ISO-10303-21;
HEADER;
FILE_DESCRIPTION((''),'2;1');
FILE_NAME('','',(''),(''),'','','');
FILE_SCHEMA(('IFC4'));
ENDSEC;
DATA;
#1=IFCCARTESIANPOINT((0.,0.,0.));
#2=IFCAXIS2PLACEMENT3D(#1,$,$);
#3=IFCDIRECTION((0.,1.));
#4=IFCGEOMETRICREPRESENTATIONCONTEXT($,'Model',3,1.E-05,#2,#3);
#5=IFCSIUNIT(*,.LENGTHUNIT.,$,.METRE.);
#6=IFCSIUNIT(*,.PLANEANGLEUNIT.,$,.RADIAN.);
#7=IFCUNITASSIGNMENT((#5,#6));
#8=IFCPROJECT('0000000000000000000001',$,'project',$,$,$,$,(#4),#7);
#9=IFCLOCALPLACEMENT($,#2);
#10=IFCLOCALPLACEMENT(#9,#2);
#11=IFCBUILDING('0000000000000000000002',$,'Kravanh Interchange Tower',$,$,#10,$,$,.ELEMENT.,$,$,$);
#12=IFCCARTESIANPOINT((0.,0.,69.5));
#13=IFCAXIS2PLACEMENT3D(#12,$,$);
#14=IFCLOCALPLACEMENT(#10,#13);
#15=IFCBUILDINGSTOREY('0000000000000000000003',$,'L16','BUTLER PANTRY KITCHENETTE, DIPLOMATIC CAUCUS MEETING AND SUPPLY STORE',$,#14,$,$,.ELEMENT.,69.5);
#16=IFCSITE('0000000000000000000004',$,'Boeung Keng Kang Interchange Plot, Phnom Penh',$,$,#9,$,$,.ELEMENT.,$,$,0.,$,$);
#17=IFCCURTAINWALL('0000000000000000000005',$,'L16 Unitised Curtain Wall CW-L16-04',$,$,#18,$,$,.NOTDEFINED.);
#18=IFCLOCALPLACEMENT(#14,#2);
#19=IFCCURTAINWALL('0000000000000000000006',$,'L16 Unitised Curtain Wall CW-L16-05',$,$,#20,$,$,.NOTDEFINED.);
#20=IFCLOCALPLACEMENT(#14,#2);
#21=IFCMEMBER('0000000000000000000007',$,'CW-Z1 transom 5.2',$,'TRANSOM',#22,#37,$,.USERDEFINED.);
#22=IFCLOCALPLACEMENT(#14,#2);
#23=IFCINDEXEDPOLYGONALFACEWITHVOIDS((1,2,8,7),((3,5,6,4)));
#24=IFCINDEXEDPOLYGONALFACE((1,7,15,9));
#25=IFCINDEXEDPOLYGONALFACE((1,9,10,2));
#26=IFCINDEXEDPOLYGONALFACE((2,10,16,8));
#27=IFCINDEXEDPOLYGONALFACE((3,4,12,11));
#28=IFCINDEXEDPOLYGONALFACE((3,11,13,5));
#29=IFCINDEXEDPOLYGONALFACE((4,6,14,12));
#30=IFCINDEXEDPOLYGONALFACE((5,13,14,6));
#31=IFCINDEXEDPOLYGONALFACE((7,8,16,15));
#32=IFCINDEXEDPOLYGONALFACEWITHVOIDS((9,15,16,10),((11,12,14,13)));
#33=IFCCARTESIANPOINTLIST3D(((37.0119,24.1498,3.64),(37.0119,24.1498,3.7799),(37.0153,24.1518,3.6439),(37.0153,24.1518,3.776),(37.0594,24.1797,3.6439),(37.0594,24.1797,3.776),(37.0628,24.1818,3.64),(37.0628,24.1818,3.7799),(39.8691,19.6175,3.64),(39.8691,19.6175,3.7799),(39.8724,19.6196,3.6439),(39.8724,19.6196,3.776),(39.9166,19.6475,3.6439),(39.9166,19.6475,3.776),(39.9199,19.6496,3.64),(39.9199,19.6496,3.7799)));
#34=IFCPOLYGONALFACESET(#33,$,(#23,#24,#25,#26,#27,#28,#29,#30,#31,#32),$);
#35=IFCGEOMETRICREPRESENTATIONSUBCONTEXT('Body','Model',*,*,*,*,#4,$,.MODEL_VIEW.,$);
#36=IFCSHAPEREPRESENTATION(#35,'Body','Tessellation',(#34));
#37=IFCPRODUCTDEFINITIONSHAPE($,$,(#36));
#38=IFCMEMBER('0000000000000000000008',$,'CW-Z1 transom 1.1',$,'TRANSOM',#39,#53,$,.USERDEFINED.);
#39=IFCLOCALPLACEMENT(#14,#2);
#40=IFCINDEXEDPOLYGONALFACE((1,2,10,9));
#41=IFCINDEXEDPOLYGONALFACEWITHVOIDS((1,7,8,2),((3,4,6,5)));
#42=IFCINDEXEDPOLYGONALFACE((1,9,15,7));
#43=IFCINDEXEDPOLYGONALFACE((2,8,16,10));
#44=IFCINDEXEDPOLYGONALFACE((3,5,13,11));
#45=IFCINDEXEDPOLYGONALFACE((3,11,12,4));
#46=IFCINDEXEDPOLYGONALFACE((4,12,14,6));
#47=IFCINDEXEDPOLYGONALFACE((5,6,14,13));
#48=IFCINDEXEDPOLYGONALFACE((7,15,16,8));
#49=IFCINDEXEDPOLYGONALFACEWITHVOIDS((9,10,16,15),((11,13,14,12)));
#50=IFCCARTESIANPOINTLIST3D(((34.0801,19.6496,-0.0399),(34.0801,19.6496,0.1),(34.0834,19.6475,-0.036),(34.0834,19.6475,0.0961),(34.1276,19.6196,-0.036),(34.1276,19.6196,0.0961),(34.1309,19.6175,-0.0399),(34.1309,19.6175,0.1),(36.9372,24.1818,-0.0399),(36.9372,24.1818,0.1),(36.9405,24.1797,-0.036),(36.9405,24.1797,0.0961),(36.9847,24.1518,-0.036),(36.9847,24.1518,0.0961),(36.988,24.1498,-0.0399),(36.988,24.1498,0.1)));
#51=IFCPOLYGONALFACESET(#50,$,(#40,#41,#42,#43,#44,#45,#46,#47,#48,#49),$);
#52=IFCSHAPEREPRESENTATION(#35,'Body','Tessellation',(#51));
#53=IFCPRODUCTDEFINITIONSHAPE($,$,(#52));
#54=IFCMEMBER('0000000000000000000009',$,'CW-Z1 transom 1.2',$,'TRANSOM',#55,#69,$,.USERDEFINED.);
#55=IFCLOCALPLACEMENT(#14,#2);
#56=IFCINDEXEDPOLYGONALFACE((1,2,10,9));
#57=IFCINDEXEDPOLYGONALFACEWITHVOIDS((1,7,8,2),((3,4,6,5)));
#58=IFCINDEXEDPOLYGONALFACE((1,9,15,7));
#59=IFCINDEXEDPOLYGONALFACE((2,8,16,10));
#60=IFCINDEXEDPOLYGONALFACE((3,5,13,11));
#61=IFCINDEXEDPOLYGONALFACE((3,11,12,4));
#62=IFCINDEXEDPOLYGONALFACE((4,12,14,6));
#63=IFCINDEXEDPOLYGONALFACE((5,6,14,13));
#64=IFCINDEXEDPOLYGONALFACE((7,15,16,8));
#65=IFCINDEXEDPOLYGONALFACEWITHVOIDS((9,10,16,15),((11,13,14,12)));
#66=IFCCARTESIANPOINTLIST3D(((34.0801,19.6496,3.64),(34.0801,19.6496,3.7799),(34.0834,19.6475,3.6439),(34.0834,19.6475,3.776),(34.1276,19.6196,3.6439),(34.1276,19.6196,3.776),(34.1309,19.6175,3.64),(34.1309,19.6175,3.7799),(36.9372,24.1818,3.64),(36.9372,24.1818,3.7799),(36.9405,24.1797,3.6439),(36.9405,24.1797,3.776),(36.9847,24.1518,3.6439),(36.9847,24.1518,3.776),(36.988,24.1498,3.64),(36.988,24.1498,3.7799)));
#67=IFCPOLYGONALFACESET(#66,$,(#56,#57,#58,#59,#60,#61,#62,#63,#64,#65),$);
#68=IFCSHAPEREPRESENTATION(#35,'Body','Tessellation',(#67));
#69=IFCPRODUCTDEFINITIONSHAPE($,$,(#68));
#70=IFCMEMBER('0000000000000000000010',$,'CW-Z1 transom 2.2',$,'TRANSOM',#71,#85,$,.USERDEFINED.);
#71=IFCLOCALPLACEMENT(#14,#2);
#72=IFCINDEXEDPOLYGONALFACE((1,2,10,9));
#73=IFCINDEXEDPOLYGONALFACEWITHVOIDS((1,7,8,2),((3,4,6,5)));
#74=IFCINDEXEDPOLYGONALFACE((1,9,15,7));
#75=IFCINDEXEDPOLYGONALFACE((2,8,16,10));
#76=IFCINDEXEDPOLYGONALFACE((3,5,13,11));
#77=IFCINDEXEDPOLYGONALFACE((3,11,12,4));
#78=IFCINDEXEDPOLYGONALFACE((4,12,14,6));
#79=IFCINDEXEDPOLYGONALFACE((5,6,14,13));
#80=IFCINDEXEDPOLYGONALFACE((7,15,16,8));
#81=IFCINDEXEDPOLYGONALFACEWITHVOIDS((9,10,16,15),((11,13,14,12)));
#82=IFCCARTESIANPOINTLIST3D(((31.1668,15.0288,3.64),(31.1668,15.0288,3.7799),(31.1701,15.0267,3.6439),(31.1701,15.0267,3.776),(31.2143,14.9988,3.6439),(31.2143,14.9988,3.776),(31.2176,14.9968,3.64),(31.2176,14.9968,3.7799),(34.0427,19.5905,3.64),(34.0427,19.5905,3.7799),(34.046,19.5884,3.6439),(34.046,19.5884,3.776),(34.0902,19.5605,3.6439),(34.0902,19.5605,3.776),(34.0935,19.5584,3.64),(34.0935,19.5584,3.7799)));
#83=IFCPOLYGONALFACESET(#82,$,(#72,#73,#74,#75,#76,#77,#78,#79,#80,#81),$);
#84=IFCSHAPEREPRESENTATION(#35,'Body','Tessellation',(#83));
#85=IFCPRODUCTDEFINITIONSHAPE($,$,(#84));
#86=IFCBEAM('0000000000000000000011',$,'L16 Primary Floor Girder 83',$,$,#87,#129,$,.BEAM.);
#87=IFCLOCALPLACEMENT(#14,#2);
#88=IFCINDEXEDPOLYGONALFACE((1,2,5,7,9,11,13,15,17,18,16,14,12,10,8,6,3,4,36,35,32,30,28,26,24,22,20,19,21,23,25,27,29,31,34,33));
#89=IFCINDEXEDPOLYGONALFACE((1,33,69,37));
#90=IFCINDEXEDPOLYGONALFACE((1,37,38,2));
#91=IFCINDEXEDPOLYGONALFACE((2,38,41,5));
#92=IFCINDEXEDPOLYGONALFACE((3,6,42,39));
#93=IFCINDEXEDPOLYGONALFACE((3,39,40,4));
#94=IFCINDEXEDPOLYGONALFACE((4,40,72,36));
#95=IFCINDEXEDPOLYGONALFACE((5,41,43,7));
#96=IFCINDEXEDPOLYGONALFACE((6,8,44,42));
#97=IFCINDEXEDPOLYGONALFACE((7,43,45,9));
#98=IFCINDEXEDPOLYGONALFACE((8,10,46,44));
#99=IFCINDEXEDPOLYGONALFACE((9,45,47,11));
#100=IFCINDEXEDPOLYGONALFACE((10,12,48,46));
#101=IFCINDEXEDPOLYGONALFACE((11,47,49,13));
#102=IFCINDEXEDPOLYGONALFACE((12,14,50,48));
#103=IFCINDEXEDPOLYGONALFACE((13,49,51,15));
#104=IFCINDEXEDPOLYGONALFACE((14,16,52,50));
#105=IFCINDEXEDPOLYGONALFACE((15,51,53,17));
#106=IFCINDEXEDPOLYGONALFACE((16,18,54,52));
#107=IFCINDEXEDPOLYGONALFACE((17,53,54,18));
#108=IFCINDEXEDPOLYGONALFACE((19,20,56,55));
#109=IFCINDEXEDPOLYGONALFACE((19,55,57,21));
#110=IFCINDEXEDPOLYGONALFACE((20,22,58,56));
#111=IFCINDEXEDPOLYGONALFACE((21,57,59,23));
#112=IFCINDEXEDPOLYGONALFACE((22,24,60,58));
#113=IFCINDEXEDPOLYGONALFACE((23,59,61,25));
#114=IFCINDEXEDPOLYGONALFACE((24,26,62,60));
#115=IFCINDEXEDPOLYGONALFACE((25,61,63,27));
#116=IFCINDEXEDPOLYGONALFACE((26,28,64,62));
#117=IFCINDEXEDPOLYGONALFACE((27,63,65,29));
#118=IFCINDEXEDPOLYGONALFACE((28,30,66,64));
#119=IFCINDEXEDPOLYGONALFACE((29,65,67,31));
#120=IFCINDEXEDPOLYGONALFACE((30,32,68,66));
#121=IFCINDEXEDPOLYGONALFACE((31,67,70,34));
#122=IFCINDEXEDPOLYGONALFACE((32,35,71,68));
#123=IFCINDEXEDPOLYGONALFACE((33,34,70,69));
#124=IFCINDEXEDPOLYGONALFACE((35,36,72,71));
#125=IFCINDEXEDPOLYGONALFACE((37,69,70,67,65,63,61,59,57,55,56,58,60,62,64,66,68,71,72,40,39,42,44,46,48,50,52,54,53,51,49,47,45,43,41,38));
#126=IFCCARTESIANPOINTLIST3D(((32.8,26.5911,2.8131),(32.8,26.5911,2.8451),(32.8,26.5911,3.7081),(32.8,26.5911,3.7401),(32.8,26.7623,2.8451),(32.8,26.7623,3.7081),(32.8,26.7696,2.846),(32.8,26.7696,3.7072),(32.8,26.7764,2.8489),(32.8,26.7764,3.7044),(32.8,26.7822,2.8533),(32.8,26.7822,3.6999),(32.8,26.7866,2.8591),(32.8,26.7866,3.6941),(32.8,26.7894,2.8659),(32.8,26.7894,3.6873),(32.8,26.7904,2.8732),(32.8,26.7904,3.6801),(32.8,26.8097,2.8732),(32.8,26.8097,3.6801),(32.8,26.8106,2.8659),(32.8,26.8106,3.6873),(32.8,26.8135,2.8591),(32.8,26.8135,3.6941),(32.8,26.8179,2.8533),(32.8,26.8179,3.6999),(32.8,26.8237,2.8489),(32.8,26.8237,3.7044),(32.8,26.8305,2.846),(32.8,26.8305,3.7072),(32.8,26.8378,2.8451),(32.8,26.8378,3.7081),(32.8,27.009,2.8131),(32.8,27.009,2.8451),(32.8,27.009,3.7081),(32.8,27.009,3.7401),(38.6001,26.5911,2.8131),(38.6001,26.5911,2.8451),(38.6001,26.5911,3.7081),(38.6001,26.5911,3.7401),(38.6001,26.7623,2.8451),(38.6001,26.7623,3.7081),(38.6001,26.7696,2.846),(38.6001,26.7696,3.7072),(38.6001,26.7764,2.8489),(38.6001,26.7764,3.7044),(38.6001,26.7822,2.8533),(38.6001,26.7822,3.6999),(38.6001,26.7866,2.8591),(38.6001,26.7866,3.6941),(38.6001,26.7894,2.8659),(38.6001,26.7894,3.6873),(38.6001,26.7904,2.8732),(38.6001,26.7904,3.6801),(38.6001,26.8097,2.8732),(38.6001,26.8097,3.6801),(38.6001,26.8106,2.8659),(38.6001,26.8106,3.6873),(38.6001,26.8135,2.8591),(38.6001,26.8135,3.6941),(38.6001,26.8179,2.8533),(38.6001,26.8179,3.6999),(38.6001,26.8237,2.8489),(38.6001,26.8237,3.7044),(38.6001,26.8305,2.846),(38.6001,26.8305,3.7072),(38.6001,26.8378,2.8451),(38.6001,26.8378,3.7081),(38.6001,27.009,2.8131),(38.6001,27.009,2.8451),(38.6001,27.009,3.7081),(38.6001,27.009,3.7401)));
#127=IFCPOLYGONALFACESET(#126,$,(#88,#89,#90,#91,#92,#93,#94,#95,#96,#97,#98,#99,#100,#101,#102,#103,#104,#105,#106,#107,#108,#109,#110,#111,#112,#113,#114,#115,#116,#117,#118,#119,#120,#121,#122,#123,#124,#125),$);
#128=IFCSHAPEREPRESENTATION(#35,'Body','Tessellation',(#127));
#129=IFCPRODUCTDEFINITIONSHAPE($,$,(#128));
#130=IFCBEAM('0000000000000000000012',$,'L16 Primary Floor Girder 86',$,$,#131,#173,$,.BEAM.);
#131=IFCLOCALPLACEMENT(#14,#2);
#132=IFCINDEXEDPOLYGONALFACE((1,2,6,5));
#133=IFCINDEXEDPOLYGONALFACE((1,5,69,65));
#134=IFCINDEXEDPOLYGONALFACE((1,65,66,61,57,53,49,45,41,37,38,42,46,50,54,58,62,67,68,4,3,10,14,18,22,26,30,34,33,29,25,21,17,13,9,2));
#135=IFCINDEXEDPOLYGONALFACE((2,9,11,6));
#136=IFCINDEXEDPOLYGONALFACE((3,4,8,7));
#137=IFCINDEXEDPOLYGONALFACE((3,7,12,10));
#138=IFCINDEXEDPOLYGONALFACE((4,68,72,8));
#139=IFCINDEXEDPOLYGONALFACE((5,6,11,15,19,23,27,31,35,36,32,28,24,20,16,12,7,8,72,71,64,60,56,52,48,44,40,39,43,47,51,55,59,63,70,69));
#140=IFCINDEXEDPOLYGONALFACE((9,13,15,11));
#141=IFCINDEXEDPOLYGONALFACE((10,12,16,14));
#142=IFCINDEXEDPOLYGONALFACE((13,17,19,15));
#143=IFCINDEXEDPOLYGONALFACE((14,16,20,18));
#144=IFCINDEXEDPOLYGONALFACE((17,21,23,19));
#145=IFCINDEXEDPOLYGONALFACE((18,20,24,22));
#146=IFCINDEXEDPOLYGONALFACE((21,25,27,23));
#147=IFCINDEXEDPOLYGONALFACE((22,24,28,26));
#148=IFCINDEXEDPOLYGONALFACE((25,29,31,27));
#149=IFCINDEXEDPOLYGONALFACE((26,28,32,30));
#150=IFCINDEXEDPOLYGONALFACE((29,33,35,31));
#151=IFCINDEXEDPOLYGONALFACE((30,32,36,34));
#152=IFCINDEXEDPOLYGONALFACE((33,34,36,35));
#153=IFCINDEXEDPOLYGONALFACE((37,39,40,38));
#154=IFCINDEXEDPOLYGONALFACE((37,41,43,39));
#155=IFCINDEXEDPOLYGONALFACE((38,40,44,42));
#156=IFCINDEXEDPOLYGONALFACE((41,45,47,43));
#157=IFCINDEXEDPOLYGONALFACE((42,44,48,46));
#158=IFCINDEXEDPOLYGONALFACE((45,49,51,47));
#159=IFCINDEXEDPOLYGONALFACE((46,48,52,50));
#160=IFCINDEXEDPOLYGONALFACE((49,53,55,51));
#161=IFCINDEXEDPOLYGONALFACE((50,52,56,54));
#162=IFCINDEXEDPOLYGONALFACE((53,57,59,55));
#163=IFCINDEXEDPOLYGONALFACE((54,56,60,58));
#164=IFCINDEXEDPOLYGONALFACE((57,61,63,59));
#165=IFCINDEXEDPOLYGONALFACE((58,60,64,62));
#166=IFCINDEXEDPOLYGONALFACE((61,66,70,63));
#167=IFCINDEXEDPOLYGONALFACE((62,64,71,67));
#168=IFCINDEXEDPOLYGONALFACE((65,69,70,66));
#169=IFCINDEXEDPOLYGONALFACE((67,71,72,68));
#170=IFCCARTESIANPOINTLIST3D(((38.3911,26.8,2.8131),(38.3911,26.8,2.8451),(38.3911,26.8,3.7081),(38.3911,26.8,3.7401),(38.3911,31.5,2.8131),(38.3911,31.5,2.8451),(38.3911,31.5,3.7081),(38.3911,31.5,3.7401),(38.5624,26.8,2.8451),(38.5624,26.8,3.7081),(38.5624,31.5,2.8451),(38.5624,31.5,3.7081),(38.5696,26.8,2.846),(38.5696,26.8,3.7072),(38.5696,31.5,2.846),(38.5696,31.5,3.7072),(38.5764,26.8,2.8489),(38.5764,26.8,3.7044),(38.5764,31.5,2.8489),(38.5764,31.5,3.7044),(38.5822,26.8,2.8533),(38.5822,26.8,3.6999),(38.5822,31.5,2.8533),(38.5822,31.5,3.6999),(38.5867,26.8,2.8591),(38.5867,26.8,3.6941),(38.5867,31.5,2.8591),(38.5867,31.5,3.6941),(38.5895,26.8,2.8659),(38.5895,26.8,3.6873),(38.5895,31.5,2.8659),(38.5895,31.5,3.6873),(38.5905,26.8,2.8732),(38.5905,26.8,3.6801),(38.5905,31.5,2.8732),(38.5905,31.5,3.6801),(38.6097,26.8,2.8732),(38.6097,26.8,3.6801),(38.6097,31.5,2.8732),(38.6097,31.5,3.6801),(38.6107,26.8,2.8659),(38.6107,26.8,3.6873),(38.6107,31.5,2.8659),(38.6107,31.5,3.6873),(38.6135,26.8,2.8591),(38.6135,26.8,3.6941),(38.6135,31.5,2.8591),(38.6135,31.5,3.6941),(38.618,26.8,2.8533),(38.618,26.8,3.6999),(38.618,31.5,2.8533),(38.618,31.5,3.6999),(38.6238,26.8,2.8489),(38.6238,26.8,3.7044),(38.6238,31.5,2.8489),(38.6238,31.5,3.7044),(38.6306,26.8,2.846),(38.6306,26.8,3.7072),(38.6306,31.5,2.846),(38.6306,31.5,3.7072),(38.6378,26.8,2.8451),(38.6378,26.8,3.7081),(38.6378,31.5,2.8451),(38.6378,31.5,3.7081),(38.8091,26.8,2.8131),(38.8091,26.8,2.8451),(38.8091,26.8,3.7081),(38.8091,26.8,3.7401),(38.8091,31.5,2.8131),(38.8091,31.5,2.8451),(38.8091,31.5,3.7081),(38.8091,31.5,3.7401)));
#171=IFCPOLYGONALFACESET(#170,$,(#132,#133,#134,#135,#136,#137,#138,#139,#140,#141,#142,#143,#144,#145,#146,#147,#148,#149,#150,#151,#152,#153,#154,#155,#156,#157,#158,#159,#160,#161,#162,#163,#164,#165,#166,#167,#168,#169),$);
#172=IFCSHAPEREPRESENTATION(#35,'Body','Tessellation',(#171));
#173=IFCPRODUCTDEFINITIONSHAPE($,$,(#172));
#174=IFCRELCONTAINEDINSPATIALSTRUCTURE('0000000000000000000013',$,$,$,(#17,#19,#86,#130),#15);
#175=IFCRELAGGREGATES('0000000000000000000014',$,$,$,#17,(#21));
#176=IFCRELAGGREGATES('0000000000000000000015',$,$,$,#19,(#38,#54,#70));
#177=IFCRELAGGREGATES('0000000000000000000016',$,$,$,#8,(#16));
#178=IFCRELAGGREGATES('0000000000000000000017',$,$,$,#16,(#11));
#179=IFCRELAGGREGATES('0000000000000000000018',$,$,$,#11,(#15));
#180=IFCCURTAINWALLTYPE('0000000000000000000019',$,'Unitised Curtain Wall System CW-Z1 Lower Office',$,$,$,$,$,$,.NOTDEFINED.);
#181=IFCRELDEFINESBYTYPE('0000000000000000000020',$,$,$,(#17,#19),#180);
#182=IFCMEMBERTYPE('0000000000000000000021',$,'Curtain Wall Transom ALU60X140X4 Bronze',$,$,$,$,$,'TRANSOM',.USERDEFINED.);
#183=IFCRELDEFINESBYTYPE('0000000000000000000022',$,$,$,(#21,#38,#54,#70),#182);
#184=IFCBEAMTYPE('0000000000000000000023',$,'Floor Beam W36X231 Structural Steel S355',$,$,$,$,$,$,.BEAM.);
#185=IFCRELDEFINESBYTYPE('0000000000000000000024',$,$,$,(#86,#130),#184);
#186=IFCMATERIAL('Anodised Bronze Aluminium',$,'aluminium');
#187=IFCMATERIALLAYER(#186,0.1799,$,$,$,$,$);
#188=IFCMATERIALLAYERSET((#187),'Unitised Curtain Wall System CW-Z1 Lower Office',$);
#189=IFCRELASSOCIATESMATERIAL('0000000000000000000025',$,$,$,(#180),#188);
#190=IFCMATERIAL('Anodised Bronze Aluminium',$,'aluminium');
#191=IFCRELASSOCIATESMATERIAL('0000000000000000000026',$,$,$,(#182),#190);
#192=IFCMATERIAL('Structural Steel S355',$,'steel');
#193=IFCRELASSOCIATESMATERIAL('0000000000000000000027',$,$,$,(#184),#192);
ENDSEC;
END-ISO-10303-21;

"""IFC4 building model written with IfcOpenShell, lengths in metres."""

from ifc_helpers import new_model, si_unit, direction, frame, origin, origin_2d, place, context, subcontext, project, spatial, hollow_rectangle, i_section, extrude, material, layer, layer_set, material_profile, profile_set, type_object, element, aggregate, save


model = new_model("IFC4")

# Units and contexts
model_context = context("Model", 3, precision=1e-05, world=origin(), true_north=direction((0.0, 1.0)))
body_context = subcontext(model_context, "Body", "Model", "MODEL_VIEW")
ifc_project = project(units=[si_unit("LENGTHUNIT", "METRE"), si_unit("PLANEANGLEUNIT", "RADIAN")], contexts=[model_context])

# Site, building, storey
site_placement = place(None, origin())
site = spatial("IfcSite", under=ifc_project, at=site_placement, Name="Boeung Keng Kang Interchange Plot, Phnom Penh", CompositionType="ELEMENT", RefElevation=0.0)
building_placement = place(site_placement, origin())
building = spatial("IfcBuilding", under=site, at=building_placement, Name="Kravanh Interchange Tower", CompositionType="ELEMENT")
storey_placement = place(building_placement, frame((0.0, 0.0, 69.5)))
storey = spatial("IfcBuildingStorey", under=building, at=storey_placement, Name="L16", Description="BUTLER PANTRY KITCHENETTE, DIPLOMATIC CAUCUS MEETING AND SUPPLY STORE", CompositionType="ELEMENT", Elevation=69.5)

# Curtain walls
ifc_material_1 = material(Name="Anodised Bronze Aluminium", Category="aluminium")
ifc_layer_1 = layer(ifc_material_1, 0.1799)
ifc_layer_set_1 = layer_set([ifc_layer_1], Name="Unitised Curtain Wall System CW-Z1 Lower Office")
curtain_wall_type = type_object("IfcCurtainWallType", Name="Unitised Curtain Wall System CW-Z1 Lower Office", PredefinedType="NOTDEFINED", material=ifc_layer_set_1)
curtain_wall_1_placement = place(storey_placement, origin())
curtain_wall_1 = element("IfcCurtainWall", 1, at=curtain_wall_1_placement, inside=storey, type_object=curtain_wall_type, Name="L16 Unitised Curtain Wall CW-L16-04", PredefinedType="NOTDEFINED")
curtain_wall_2_placement = place(storey_placement, origin())
curtain_wall_2 = element("IfcCurtainWall", 2, at=curtain_wall_2_placement, inside=storey, type_object=curtain_wall_type, Name="L16 Unitised Curtain Wall CW-L16-05", PredefinedType="NOTDEFINED")

# Members
ifc_material_2 = material(Name="Anodised Bronze Aluminium", Category="aluminium")
ifc_material_profile_1 = material_profile(ifc_material_2, hollow_rectangle(XDim=0.0601, YDim=0.1399, WallThickness=0.0039, at=origin_2d()), Name="ALU60X140X4")
ifc_profile_set_1 = profile_set([ifc_material_profile_1], Name="Anodised Bronze Aluminium")
member_type_1 = type_object("IfcMemberType", Name="Curtain Wall Transom ALU60X140X4 Bronze", ElementType="TRANSOM", PredefinedType="USERDEFINED", material=ifc_profile_set_1)
member_1_placement = place(storey_placement, frame((39.8945, 19.6335, 3.71), z_axis=(-0.533288, 0.845934, 0.0), x_axis=(-0.845934, -0.533288, 0.0)))
member_1 = element("IfcMember", 3, at=member_1_placement, type_object=member_type_1, Name="CW-Z1 transom 5.2", ObjectType="TRANSOM", PredefinedType="USERDEFINED", context=body_context, shape_type="SweptSolid", body=[
    extrude(hollow_rectangle(XDim=0.0601, YDim=0.1399, WallThickness=0.0039, at=origin_2d()), origin(), (0.0, 0.0, 1.0), 5.3577),
])
member_2_placement = place(storey_placement, frame((36.9626, 24.1658, 0.03), z_axis=(-0.533288, -0.845934, 0.0), x_axis=(0.845934, -0.533288, 0.0)))
member_2 = element("IfcMember", 4, at=member_2_placement, type_object=member_type_1, Name="CW-Z1 transom 1.1", ObjectType="TRANSOM", PredefinedType="USERDEFINED", context=body_context, shape_type="SweptSolid", body=[
    extrude(hollow_rectangle(XDim=0.0601, YDim=0.1399, WallThickness=0.0039, at=origin_2d()), origin(), (0.0, 0.0, 1.0), 5.3577),
])
member_3_placement = place(storey_placement, frame((36.9626, 24.1658, 3.71), z_axis=(-0.533288, -0.845934, 0.0), x_axis=(0.845934, -0.533288, 0.0)))
member_3 = element("IfcMember", 5, at=member_3_placement, type_object=member_type_1, Name="CW-Z1 transom 1.2", ObjectType="TRANSOM", PredefinedType="USERDEFINED", context=body_context, shape_type="SweptSolid", body=[
    extrude(hollow_rectangle(XDim=0.0601, YDim=0.1399, WallThickness=0.0039, at=origin_2d()), origin(), (0.0, 0.0, 1.0), 5.3577),
])
member_4_placement = place(storey_placement, frame((34.0681, 19.5745, 3.71), z_axis=(-0.533311, -0.845919, 0.0), x_axis=(0.845919, -0.533311, 0.0)))
member_4 = element("IfcMember", 6, at=member_4_placement, type_object=member_type_1, Name="CW-Z1 transom 2.2", ObjectType="TRANSOM", PredefinedType="USERDEFINED", context=body_context, shape_type="SweptSolid", body=[
    extrude(hollow_rectangle(XDim=0.0601, YDim=0.1399, WallThickness=0.0039, at=origin_2d()), origin(), (0.0, 0.0, 1.0), 5.3926),
])

# Beams
ifc_material_3 = material(Name="Structural Steel S355", Category="steel")
ifc_material_profile_2 = material_profile(ifc_material_3, i_section(OverallWidth=0.418, OverallDepth=0.927, WebThickness=0.0193, FlangeThickness=0.032, FilletRadius=0.0281, at=origin_2d()), Name="W36X231")
ifc_profile_set_2 = profile_set([ifc_material_profile_2], Name="Structural Steel S355")
beam_type_1 = type_object("IfcBeamType", Name="Floor Beam W36X231 Structural Steel S355", PredefinedType="BEAM", material=ifc_profile_set_2)
beam_1_placement = place(storey_placement, frame((32.8, 26.8, 3.2766), z_axis=(1.0, 0.0, 0.0), x_axis=(0.0, 1.0, 0.0)))
element("IfcBeam", 7, at=beam_1_placement, inside=storey, type_object=beam_type_1, Name="L16 Primary Floor Girder 83", PredefinedType="BEAM", context=body_context, shape_type="SweptSolid", body=[
    extrude(i_section(OverallWidth=0.418, OverallDepth=0.927, WebThickness=0.0193, FlangeThickness=0.032, FilletRadius=0.0281, at=origin_2d()), origin(), (0.0, 0.0, 1.0), 5.8),
])
beam_2_placement = place(storey_placement, frame((38.6001, 26.8, 3.2766), z_axis=(0.0, 1.0, 0.0), x_axis=(-1.0, 0.0, 0.0)))
element("IfcBeam", 8, at=beam_2_placement, inside=storey, type_object=beam_type_1, Name="L16 Primary Floor Girder 86", PredefinedType="BEAM", context=body_context, shape_type="SweptSolid", body=[
    extrude(i_section(OverallWidth=0.418, OverallDepth=0.927, WebThickness=0.0193, FlangeThickness=0.032, FilletRadius=0.0281, at=origin_2d()), origin(), (0.0, 0.0, 1.0), 4.7),
])

aggregate(curtain_wall_1, [member_1])
aggregate(curtain_wall_2, [member_2, member_3, member_4])

save(model, "model.ifc")
